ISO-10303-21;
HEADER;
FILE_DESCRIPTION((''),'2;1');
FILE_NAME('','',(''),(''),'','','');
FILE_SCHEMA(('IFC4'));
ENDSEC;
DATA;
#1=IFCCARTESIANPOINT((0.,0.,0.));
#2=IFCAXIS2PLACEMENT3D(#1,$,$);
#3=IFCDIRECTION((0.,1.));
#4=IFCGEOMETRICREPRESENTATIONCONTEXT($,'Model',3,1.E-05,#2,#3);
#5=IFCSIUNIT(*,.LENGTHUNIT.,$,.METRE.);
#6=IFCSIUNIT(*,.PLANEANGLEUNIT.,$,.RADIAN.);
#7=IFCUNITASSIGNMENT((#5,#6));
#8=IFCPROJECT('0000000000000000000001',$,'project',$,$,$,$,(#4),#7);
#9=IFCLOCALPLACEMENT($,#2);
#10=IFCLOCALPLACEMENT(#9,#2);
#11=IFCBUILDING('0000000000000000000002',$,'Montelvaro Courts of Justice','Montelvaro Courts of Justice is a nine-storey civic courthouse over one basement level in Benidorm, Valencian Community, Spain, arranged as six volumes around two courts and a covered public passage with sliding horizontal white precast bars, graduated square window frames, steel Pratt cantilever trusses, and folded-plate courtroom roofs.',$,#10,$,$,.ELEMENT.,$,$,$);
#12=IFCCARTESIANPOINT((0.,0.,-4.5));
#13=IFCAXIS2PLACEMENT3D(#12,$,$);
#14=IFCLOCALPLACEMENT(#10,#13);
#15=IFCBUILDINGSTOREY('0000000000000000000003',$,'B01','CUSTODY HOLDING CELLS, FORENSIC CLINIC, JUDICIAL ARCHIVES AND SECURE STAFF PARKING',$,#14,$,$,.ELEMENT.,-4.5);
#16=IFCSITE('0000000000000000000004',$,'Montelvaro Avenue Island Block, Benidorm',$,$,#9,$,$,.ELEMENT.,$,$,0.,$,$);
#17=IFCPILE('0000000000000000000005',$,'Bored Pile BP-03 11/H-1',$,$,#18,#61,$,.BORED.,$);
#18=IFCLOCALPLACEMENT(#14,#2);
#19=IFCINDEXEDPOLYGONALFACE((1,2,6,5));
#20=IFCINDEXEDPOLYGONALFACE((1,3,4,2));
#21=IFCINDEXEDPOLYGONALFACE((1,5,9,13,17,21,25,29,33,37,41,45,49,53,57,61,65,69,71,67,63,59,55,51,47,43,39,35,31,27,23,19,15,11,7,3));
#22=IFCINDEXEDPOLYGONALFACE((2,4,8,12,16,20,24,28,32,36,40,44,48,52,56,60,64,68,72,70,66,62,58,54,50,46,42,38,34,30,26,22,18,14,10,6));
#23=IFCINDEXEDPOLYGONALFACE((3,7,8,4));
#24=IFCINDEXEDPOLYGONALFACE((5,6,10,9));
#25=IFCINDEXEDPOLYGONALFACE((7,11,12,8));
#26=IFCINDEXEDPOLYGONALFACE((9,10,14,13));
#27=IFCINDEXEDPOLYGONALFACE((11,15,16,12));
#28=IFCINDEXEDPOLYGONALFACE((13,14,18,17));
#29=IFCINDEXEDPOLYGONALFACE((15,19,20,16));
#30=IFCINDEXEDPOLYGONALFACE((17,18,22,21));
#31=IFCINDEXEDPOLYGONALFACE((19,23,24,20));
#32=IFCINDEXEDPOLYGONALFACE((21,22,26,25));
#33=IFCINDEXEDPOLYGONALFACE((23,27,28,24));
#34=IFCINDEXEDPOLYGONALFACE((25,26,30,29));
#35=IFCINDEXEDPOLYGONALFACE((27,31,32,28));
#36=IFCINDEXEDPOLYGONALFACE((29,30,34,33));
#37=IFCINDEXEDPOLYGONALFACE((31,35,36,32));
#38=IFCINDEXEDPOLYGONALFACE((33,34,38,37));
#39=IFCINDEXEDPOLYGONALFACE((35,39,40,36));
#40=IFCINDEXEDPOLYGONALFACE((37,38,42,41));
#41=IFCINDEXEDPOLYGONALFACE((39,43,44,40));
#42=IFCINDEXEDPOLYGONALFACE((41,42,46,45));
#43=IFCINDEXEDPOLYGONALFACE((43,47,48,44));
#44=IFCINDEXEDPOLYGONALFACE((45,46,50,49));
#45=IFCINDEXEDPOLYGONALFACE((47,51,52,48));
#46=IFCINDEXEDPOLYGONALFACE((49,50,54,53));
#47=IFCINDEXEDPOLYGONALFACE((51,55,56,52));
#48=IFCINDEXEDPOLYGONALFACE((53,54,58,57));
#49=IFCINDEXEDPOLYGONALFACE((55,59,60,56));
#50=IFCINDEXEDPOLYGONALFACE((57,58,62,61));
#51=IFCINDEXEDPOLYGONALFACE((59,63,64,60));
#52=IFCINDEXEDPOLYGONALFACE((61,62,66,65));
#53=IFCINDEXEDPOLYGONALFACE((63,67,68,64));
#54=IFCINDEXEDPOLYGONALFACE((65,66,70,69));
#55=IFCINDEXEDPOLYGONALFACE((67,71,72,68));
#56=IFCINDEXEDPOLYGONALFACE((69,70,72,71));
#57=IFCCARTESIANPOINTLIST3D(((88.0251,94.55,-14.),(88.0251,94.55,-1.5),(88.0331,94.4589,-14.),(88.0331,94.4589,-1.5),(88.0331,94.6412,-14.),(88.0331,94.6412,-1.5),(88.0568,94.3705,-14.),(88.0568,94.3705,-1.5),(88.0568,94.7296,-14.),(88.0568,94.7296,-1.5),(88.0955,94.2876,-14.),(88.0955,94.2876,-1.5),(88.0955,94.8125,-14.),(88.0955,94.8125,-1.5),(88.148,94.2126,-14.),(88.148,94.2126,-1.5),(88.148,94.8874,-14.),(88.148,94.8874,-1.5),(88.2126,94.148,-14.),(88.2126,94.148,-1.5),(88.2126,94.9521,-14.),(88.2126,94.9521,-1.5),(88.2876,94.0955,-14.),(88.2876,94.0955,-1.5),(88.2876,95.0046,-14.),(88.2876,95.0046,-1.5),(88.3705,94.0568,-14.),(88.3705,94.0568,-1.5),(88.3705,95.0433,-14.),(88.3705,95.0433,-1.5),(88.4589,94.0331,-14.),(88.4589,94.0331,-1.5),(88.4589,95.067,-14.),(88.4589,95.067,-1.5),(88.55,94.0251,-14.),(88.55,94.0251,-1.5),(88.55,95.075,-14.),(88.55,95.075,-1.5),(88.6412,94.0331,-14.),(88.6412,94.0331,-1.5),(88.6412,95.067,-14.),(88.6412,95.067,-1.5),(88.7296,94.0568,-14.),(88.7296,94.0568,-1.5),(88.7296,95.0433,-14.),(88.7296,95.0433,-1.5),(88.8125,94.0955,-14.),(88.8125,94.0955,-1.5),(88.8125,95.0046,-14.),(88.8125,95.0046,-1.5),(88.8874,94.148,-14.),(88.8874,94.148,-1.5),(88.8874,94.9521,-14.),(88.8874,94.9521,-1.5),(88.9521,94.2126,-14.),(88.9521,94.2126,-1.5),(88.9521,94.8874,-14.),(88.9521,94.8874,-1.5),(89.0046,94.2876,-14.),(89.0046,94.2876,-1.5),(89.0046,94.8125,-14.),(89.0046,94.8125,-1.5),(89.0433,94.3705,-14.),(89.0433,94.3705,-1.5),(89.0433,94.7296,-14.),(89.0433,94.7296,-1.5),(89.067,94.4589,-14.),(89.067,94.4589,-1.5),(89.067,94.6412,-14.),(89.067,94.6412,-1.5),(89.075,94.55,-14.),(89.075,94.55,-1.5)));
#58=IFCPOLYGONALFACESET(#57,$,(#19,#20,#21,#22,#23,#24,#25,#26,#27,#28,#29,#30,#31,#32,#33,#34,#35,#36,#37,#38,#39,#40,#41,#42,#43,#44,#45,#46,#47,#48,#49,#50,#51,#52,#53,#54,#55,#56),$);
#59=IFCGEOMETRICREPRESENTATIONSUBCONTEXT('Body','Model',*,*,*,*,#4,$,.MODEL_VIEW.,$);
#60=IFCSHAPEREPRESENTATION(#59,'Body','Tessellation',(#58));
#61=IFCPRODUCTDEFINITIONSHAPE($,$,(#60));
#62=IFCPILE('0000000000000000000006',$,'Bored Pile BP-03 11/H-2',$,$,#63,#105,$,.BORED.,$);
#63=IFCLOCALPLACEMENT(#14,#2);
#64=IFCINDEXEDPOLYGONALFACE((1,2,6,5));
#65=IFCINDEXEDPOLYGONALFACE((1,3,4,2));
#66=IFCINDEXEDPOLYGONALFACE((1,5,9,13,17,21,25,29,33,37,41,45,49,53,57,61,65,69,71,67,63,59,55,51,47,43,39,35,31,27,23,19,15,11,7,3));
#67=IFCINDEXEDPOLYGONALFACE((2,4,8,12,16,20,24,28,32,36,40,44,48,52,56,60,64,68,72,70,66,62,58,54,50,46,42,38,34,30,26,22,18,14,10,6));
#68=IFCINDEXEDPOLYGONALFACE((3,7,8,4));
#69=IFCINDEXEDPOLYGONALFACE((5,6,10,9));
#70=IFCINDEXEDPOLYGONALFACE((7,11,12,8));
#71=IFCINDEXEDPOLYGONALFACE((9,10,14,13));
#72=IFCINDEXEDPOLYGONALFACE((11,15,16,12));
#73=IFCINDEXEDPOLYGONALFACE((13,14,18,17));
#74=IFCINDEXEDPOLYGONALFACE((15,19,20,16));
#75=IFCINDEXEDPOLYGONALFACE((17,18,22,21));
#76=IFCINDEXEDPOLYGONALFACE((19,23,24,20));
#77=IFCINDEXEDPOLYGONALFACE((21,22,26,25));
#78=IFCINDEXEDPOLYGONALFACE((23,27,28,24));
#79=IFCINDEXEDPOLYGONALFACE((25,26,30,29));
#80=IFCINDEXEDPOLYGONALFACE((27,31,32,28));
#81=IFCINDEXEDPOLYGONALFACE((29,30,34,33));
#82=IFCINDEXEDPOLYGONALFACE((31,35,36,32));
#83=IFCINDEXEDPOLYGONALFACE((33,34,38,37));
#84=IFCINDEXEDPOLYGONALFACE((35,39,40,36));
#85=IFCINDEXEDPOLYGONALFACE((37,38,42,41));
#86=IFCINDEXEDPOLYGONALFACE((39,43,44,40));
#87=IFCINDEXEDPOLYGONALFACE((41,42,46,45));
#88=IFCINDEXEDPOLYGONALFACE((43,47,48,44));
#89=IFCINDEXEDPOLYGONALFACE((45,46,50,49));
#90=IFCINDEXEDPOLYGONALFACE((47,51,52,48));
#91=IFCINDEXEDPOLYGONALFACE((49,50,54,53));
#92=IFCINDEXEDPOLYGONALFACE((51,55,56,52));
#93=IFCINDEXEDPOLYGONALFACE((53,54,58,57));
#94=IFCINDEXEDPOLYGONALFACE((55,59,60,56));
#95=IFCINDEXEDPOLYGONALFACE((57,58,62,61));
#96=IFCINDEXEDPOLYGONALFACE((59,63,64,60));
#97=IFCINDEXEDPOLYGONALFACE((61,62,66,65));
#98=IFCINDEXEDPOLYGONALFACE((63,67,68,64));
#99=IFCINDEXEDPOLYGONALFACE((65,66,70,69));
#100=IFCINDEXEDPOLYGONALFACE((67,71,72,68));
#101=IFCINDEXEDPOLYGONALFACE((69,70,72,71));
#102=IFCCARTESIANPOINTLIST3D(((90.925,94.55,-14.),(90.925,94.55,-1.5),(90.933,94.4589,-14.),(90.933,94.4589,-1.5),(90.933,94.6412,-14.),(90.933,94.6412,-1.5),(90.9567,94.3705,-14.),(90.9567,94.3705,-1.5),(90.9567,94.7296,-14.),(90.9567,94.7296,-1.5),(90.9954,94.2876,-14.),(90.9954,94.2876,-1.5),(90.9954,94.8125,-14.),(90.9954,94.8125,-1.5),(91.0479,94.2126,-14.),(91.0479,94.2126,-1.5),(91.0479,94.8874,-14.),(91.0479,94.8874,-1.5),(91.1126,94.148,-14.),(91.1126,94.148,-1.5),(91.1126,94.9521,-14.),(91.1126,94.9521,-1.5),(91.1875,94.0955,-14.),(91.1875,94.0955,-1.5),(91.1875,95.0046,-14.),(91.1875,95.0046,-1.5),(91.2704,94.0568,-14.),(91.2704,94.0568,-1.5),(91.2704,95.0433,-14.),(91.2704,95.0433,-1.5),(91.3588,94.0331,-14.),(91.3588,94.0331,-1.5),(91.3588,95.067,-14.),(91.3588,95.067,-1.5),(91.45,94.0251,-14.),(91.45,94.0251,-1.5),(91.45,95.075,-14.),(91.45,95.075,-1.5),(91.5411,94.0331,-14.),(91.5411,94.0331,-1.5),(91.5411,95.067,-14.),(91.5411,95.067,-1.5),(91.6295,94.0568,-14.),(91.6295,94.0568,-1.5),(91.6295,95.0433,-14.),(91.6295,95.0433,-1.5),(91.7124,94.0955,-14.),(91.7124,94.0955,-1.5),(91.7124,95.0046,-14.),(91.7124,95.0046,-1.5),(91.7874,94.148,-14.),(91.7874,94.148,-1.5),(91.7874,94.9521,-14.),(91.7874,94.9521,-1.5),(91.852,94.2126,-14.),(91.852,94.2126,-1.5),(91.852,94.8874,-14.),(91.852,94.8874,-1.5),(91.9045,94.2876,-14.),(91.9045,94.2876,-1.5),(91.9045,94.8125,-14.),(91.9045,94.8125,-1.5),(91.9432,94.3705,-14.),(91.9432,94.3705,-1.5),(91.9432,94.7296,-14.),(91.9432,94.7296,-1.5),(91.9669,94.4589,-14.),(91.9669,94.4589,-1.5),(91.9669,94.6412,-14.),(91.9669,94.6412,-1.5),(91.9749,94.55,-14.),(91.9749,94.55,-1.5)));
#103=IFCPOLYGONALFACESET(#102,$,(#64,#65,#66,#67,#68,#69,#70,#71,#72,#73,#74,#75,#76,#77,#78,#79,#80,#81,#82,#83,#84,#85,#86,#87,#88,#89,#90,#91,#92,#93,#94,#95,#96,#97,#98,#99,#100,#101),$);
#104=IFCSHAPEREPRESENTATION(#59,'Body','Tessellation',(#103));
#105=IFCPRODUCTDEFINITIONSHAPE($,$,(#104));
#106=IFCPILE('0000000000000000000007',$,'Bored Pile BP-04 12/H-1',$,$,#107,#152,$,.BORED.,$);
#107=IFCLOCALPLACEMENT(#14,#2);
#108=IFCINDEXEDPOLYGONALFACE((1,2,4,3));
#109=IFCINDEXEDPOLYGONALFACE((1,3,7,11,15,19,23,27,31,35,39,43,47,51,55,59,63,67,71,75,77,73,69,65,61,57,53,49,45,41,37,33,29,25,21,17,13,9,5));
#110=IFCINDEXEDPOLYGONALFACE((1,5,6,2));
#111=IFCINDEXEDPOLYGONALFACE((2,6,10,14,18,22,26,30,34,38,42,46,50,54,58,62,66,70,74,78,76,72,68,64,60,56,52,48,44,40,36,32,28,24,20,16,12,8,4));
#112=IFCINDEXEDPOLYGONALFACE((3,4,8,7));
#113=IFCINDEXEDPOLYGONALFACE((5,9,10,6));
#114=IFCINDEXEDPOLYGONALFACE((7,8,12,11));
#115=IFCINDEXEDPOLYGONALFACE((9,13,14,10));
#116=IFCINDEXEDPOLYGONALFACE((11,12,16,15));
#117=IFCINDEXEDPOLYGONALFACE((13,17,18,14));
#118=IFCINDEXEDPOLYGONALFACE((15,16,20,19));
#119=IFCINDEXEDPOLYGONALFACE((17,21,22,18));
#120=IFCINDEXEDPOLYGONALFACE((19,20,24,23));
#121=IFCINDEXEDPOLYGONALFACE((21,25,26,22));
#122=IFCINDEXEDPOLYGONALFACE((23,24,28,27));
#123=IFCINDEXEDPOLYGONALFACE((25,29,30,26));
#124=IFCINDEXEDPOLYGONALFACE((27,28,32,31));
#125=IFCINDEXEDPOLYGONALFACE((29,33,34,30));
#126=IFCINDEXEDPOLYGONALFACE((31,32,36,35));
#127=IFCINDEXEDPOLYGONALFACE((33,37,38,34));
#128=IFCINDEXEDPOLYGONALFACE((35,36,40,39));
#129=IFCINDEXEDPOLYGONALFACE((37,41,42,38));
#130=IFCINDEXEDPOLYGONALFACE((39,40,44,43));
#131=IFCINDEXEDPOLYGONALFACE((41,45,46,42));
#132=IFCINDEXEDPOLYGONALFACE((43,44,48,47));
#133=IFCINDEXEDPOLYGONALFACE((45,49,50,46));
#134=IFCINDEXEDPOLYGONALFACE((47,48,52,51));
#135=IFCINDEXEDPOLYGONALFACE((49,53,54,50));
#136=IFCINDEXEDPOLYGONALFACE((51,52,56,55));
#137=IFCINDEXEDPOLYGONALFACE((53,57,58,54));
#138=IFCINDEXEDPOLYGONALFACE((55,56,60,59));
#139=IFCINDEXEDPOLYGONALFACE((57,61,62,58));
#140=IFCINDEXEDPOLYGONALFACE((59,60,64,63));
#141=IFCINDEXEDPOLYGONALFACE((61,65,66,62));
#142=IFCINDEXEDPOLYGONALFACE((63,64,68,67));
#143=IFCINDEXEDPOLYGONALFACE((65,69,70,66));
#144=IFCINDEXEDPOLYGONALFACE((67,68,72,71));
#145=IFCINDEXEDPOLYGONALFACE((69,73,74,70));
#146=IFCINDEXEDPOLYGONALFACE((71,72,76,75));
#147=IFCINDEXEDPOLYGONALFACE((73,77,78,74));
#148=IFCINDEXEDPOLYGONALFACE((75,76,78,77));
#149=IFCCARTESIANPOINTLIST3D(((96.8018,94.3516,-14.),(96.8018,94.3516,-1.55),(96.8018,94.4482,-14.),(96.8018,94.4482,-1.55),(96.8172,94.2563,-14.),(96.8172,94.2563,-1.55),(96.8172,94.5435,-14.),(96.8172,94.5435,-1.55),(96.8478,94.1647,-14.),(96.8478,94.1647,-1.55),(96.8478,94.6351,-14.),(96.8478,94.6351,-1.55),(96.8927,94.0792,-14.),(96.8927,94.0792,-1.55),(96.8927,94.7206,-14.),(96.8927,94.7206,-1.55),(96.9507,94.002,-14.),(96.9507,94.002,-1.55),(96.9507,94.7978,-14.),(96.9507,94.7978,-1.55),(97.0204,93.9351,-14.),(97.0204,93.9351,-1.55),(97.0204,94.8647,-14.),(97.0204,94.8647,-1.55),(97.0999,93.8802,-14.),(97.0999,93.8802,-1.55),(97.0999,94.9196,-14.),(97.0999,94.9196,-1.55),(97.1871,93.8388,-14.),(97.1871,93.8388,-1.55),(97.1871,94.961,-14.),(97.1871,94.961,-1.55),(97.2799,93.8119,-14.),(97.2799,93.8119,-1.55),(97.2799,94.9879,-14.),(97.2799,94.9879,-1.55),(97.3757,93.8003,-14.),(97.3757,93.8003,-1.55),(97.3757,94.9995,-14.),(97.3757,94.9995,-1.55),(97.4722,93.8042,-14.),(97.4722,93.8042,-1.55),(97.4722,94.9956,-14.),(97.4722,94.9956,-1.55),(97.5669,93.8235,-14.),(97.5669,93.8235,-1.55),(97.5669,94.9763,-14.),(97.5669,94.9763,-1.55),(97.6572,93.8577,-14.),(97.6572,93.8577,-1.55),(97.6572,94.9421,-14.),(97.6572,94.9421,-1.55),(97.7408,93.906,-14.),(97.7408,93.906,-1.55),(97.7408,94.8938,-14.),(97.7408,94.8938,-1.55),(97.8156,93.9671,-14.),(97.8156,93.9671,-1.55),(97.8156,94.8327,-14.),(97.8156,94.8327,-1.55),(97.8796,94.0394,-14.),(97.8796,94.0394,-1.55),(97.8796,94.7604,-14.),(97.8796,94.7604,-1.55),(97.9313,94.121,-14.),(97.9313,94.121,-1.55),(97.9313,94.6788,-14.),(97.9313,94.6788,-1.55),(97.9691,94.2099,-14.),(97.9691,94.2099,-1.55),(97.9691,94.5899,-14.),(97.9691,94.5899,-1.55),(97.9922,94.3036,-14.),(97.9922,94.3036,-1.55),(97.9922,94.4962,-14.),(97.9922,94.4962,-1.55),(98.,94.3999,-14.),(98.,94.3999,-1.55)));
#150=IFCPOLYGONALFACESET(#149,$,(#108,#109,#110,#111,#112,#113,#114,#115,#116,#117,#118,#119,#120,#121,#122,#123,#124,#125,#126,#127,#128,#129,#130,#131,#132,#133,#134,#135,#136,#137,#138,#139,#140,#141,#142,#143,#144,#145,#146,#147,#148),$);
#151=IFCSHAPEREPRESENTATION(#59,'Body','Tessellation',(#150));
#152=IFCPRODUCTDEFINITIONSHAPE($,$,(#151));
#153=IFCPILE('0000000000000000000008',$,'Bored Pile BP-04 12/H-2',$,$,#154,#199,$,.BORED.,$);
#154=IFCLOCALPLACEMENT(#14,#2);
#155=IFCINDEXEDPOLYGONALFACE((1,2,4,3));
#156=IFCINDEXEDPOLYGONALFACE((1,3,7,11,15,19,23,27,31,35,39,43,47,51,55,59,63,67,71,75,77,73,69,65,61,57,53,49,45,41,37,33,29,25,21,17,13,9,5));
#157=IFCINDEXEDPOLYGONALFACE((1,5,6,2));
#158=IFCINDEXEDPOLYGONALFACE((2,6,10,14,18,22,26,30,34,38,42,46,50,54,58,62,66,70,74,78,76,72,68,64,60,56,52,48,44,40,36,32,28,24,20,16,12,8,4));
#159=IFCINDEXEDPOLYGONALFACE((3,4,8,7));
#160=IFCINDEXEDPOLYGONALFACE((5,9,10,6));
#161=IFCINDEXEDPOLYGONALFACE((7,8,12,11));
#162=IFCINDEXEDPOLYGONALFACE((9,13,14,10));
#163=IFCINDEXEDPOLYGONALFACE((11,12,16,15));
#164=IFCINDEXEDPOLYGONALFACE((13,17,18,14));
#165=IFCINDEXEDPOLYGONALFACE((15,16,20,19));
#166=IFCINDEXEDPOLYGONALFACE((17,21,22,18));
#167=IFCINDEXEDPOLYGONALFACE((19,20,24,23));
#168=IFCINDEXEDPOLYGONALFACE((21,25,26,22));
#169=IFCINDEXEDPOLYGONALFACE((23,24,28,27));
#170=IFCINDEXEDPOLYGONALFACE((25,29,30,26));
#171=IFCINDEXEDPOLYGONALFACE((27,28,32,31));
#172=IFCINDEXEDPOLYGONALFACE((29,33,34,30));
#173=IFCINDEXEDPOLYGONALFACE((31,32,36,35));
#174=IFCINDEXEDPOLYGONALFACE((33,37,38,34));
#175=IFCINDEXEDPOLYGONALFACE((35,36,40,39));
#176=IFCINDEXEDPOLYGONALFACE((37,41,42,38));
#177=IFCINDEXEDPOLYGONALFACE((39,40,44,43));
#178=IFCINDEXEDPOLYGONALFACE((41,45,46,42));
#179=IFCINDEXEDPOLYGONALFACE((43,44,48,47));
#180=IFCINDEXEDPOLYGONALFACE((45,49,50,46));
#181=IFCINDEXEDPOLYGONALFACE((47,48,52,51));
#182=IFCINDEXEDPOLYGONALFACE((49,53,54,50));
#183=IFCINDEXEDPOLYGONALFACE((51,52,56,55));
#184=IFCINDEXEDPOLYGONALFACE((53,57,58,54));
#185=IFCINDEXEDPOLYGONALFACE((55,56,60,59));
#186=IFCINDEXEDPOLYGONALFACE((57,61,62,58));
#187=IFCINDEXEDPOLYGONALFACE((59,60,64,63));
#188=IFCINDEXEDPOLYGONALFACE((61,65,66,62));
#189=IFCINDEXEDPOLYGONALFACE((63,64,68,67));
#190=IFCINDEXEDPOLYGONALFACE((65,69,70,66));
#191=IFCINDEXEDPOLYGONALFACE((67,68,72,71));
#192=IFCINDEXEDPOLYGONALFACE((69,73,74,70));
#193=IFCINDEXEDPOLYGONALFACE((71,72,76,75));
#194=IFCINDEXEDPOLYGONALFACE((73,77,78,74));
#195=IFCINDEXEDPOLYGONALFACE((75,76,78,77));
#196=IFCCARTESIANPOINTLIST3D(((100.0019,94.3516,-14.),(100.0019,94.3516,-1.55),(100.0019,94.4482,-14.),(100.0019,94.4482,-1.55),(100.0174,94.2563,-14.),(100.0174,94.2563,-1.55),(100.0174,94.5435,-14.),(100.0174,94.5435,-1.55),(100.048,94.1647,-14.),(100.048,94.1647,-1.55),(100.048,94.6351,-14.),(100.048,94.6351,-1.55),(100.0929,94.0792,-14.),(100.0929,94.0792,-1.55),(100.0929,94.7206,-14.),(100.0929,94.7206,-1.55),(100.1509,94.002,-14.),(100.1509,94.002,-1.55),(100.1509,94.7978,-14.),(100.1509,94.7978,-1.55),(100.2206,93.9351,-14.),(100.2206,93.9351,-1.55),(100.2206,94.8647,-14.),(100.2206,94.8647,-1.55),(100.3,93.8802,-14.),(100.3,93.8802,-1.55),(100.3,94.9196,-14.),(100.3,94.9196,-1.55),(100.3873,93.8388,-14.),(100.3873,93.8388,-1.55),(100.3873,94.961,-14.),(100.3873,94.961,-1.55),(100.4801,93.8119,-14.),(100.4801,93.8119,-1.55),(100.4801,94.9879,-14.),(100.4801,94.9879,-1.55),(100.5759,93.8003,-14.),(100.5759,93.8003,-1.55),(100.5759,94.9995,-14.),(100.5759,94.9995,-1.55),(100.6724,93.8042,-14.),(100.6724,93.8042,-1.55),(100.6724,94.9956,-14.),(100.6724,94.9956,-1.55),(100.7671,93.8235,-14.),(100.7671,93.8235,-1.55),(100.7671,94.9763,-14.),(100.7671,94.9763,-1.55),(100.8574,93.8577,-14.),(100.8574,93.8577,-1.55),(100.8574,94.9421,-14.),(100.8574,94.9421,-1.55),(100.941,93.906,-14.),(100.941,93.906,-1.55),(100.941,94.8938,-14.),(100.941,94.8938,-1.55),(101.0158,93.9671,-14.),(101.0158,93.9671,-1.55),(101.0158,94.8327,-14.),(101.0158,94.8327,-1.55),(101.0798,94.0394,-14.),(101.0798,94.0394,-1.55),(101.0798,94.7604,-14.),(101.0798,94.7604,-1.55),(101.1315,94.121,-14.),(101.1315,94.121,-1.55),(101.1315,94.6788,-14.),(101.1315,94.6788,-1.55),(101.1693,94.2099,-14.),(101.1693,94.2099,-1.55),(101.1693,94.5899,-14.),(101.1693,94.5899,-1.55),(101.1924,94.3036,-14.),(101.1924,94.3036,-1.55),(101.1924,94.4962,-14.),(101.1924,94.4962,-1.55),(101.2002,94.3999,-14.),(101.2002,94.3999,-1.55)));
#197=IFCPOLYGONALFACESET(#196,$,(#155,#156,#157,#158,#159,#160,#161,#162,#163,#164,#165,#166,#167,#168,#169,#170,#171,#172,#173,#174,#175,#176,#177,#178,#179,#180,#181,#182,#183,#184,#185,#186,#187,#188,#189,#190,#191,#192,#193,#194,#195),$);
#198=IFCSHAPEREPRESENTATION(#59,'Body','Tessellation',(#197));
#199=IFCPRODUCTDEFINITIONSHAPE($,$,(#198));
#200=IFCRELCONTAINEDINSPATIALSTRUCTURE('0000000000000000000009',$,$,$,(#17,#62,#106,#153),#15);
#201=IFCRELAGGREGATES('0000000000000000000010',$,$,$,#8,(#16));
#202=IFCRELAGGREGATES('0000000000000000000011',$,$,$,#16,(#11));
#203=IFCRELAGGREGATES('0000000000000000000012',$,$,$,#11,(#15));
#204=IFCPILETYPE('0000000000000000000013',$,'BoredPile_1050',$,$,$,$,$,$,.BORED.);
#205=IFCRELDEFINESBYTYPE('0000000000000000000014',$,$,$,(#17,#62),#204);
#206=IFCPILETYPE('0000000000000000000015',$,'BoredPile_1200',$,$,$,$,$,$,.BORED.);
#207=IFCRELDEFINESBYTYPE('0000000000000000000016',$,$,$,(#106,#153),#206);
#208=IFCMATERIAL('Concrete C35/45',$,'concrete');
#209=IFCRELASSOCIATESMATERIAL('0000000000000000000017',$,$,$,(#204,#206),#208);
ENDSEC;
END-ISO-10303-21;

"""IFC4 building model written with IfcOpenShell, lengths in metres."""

from ifc_helpers import new_model, si_unit, direction, frame, origin, origin_2d, place, context, subcontext, project, spatial, circle, extrude, material, material_profile, profile_set, type_object, element, save


model = new_model("IFC4")

# Units and contexts
model_context = context("Model", 3, precision=1e-05, world=origin(), true_north=direction((0.0, 1.0)))
body_context = subcontext(model_context, "Body", "Model", "MODEL_VIEW")
ifc_project = project(units=[si_unit("LENGTHUNIT", "METRE"), si_unit("PLANEANGLEUNIT", "RADIAN")], contexts=[model_context])

# Site, building, storey
site_placement = place(None, origin())
site = spatial("IfcSite", under=ifc_project, at=site_placement, Name="Montelvaro Avenue Island Block, Benidorm", CompositionType="ELEMENT", RefElevation=0.0)
building_placement = place(site_placement, origin())
building = spatial("IfcBuilding", under=site, at=building_placement, Name="Montelvaro Courts of Justice", Description="Montelvaro Courts of Justice is a nine-storey civic courthouse over one basement level in Benidorm, Valencian Community, Spain, arranged as six volumes around two courts and a covered public passage with sliding horizontal white precast bars, graduated square window frames, steel Pratt cantilever trusses, and folded-plate courtroom roofs.", CompositionType="ELEMENT")
storey_placement = place(building_placement, frame((0.0, 0.0, -4.5)))
storey = spatial("IfcBuildingStorey", under=building, at=storey_placement, Name="B01", Description="CUSTODY HOLDING CELLS, FORENSIC CLINIC, JUDICIAL ARCHIVES AND SECURE STAFF PARKING", CompositionType="ELEMENT", Elevation=-4.5)

# Piles
ifc_material_1 = material(Name="Concrete C35/45", Category="concrete")
ifc_material_profile_1 = material_profile(ifc_material_1, circle(Radius=0.5249, at=origin_2d()), Name="BORED PILE D1050")
ifc_profile_set_1 = profile_set([ifc_material_profile_1], Name="Concrete C35/45")
pile_type_1 = type_object("IfcPileType", Name="BoredPile_1050", PredefinedType="BORED", material=ifc_profile_set_1)
for number, where, z_axis, x_axis, name in (
    (1, (88.55, 94.55, -1.5), (0.0, 0.0, -1.0), (1.0, 0.0, 0.0), "Bored Pile BP-03 11/H-1"),
    (2, (91.45, 94.55, -1.5), (0.0, 0.0, -1.0), (1.0, 0.0, 0.0), "Bored Pile BP-03 11/H-2"),
):
    element("IfcPile", number, at=place(storey_placement, frame(where, z_axis=z_axis, x_axis=x_axis)), inside=storey, type_object=pile_type_1, Name=name, PredefinedType="BORED", context=body_context, shape_type="SweptSolid", body=[
        extrude(circle(Radius=0.5249, at=origin_2d()), origin(), (0.0, 0.0, 1.0), 12.5),
    ])
ifc_material_profile_2 = material_profile(ifc_material_1, circle(Radius=0.6001, at=origin_2d()), Name="BORED PILE D1200")
ifc_profile_set_2 = profile_set([ifc_material_profile_2], Name="Concrete C35/45")
pile_type_2 = type_object("IfcPileType", Name="BoredPile_1200", PredefinedType="BORED", material=ifc_profile_set_2)
for number, where, z_axis, x_axis, name in (
    (3, (97.3999, 94.3999, -1.55), (0.0, 0.0, -1.0), (1.0, 0.0, 0.0), "Bored Pile BP-04 12/H-1"),
    (4, (100.6001, 94.3999, -1.55), (0.0, 0.0, -1.0), (1.0, 0.0, 0.0), "Bored Pile BP-04 12/H-2"),
):
    element("IfcPile", number, at=place(storey_placement, frame(where, z_axis=z_axis, x_axis=x_axis)), inside=storey, type_object=pile_type_2, Name=name, PredefinedType="BORED", context=body_context, shape_type="SweptSolid", body=[
        extrude(circle(Radius=0.6001, at=origin_2d()), origin(), (0.0, 0.0, 1.0), 12.45),
    ])

save(model, "model.ifc")
